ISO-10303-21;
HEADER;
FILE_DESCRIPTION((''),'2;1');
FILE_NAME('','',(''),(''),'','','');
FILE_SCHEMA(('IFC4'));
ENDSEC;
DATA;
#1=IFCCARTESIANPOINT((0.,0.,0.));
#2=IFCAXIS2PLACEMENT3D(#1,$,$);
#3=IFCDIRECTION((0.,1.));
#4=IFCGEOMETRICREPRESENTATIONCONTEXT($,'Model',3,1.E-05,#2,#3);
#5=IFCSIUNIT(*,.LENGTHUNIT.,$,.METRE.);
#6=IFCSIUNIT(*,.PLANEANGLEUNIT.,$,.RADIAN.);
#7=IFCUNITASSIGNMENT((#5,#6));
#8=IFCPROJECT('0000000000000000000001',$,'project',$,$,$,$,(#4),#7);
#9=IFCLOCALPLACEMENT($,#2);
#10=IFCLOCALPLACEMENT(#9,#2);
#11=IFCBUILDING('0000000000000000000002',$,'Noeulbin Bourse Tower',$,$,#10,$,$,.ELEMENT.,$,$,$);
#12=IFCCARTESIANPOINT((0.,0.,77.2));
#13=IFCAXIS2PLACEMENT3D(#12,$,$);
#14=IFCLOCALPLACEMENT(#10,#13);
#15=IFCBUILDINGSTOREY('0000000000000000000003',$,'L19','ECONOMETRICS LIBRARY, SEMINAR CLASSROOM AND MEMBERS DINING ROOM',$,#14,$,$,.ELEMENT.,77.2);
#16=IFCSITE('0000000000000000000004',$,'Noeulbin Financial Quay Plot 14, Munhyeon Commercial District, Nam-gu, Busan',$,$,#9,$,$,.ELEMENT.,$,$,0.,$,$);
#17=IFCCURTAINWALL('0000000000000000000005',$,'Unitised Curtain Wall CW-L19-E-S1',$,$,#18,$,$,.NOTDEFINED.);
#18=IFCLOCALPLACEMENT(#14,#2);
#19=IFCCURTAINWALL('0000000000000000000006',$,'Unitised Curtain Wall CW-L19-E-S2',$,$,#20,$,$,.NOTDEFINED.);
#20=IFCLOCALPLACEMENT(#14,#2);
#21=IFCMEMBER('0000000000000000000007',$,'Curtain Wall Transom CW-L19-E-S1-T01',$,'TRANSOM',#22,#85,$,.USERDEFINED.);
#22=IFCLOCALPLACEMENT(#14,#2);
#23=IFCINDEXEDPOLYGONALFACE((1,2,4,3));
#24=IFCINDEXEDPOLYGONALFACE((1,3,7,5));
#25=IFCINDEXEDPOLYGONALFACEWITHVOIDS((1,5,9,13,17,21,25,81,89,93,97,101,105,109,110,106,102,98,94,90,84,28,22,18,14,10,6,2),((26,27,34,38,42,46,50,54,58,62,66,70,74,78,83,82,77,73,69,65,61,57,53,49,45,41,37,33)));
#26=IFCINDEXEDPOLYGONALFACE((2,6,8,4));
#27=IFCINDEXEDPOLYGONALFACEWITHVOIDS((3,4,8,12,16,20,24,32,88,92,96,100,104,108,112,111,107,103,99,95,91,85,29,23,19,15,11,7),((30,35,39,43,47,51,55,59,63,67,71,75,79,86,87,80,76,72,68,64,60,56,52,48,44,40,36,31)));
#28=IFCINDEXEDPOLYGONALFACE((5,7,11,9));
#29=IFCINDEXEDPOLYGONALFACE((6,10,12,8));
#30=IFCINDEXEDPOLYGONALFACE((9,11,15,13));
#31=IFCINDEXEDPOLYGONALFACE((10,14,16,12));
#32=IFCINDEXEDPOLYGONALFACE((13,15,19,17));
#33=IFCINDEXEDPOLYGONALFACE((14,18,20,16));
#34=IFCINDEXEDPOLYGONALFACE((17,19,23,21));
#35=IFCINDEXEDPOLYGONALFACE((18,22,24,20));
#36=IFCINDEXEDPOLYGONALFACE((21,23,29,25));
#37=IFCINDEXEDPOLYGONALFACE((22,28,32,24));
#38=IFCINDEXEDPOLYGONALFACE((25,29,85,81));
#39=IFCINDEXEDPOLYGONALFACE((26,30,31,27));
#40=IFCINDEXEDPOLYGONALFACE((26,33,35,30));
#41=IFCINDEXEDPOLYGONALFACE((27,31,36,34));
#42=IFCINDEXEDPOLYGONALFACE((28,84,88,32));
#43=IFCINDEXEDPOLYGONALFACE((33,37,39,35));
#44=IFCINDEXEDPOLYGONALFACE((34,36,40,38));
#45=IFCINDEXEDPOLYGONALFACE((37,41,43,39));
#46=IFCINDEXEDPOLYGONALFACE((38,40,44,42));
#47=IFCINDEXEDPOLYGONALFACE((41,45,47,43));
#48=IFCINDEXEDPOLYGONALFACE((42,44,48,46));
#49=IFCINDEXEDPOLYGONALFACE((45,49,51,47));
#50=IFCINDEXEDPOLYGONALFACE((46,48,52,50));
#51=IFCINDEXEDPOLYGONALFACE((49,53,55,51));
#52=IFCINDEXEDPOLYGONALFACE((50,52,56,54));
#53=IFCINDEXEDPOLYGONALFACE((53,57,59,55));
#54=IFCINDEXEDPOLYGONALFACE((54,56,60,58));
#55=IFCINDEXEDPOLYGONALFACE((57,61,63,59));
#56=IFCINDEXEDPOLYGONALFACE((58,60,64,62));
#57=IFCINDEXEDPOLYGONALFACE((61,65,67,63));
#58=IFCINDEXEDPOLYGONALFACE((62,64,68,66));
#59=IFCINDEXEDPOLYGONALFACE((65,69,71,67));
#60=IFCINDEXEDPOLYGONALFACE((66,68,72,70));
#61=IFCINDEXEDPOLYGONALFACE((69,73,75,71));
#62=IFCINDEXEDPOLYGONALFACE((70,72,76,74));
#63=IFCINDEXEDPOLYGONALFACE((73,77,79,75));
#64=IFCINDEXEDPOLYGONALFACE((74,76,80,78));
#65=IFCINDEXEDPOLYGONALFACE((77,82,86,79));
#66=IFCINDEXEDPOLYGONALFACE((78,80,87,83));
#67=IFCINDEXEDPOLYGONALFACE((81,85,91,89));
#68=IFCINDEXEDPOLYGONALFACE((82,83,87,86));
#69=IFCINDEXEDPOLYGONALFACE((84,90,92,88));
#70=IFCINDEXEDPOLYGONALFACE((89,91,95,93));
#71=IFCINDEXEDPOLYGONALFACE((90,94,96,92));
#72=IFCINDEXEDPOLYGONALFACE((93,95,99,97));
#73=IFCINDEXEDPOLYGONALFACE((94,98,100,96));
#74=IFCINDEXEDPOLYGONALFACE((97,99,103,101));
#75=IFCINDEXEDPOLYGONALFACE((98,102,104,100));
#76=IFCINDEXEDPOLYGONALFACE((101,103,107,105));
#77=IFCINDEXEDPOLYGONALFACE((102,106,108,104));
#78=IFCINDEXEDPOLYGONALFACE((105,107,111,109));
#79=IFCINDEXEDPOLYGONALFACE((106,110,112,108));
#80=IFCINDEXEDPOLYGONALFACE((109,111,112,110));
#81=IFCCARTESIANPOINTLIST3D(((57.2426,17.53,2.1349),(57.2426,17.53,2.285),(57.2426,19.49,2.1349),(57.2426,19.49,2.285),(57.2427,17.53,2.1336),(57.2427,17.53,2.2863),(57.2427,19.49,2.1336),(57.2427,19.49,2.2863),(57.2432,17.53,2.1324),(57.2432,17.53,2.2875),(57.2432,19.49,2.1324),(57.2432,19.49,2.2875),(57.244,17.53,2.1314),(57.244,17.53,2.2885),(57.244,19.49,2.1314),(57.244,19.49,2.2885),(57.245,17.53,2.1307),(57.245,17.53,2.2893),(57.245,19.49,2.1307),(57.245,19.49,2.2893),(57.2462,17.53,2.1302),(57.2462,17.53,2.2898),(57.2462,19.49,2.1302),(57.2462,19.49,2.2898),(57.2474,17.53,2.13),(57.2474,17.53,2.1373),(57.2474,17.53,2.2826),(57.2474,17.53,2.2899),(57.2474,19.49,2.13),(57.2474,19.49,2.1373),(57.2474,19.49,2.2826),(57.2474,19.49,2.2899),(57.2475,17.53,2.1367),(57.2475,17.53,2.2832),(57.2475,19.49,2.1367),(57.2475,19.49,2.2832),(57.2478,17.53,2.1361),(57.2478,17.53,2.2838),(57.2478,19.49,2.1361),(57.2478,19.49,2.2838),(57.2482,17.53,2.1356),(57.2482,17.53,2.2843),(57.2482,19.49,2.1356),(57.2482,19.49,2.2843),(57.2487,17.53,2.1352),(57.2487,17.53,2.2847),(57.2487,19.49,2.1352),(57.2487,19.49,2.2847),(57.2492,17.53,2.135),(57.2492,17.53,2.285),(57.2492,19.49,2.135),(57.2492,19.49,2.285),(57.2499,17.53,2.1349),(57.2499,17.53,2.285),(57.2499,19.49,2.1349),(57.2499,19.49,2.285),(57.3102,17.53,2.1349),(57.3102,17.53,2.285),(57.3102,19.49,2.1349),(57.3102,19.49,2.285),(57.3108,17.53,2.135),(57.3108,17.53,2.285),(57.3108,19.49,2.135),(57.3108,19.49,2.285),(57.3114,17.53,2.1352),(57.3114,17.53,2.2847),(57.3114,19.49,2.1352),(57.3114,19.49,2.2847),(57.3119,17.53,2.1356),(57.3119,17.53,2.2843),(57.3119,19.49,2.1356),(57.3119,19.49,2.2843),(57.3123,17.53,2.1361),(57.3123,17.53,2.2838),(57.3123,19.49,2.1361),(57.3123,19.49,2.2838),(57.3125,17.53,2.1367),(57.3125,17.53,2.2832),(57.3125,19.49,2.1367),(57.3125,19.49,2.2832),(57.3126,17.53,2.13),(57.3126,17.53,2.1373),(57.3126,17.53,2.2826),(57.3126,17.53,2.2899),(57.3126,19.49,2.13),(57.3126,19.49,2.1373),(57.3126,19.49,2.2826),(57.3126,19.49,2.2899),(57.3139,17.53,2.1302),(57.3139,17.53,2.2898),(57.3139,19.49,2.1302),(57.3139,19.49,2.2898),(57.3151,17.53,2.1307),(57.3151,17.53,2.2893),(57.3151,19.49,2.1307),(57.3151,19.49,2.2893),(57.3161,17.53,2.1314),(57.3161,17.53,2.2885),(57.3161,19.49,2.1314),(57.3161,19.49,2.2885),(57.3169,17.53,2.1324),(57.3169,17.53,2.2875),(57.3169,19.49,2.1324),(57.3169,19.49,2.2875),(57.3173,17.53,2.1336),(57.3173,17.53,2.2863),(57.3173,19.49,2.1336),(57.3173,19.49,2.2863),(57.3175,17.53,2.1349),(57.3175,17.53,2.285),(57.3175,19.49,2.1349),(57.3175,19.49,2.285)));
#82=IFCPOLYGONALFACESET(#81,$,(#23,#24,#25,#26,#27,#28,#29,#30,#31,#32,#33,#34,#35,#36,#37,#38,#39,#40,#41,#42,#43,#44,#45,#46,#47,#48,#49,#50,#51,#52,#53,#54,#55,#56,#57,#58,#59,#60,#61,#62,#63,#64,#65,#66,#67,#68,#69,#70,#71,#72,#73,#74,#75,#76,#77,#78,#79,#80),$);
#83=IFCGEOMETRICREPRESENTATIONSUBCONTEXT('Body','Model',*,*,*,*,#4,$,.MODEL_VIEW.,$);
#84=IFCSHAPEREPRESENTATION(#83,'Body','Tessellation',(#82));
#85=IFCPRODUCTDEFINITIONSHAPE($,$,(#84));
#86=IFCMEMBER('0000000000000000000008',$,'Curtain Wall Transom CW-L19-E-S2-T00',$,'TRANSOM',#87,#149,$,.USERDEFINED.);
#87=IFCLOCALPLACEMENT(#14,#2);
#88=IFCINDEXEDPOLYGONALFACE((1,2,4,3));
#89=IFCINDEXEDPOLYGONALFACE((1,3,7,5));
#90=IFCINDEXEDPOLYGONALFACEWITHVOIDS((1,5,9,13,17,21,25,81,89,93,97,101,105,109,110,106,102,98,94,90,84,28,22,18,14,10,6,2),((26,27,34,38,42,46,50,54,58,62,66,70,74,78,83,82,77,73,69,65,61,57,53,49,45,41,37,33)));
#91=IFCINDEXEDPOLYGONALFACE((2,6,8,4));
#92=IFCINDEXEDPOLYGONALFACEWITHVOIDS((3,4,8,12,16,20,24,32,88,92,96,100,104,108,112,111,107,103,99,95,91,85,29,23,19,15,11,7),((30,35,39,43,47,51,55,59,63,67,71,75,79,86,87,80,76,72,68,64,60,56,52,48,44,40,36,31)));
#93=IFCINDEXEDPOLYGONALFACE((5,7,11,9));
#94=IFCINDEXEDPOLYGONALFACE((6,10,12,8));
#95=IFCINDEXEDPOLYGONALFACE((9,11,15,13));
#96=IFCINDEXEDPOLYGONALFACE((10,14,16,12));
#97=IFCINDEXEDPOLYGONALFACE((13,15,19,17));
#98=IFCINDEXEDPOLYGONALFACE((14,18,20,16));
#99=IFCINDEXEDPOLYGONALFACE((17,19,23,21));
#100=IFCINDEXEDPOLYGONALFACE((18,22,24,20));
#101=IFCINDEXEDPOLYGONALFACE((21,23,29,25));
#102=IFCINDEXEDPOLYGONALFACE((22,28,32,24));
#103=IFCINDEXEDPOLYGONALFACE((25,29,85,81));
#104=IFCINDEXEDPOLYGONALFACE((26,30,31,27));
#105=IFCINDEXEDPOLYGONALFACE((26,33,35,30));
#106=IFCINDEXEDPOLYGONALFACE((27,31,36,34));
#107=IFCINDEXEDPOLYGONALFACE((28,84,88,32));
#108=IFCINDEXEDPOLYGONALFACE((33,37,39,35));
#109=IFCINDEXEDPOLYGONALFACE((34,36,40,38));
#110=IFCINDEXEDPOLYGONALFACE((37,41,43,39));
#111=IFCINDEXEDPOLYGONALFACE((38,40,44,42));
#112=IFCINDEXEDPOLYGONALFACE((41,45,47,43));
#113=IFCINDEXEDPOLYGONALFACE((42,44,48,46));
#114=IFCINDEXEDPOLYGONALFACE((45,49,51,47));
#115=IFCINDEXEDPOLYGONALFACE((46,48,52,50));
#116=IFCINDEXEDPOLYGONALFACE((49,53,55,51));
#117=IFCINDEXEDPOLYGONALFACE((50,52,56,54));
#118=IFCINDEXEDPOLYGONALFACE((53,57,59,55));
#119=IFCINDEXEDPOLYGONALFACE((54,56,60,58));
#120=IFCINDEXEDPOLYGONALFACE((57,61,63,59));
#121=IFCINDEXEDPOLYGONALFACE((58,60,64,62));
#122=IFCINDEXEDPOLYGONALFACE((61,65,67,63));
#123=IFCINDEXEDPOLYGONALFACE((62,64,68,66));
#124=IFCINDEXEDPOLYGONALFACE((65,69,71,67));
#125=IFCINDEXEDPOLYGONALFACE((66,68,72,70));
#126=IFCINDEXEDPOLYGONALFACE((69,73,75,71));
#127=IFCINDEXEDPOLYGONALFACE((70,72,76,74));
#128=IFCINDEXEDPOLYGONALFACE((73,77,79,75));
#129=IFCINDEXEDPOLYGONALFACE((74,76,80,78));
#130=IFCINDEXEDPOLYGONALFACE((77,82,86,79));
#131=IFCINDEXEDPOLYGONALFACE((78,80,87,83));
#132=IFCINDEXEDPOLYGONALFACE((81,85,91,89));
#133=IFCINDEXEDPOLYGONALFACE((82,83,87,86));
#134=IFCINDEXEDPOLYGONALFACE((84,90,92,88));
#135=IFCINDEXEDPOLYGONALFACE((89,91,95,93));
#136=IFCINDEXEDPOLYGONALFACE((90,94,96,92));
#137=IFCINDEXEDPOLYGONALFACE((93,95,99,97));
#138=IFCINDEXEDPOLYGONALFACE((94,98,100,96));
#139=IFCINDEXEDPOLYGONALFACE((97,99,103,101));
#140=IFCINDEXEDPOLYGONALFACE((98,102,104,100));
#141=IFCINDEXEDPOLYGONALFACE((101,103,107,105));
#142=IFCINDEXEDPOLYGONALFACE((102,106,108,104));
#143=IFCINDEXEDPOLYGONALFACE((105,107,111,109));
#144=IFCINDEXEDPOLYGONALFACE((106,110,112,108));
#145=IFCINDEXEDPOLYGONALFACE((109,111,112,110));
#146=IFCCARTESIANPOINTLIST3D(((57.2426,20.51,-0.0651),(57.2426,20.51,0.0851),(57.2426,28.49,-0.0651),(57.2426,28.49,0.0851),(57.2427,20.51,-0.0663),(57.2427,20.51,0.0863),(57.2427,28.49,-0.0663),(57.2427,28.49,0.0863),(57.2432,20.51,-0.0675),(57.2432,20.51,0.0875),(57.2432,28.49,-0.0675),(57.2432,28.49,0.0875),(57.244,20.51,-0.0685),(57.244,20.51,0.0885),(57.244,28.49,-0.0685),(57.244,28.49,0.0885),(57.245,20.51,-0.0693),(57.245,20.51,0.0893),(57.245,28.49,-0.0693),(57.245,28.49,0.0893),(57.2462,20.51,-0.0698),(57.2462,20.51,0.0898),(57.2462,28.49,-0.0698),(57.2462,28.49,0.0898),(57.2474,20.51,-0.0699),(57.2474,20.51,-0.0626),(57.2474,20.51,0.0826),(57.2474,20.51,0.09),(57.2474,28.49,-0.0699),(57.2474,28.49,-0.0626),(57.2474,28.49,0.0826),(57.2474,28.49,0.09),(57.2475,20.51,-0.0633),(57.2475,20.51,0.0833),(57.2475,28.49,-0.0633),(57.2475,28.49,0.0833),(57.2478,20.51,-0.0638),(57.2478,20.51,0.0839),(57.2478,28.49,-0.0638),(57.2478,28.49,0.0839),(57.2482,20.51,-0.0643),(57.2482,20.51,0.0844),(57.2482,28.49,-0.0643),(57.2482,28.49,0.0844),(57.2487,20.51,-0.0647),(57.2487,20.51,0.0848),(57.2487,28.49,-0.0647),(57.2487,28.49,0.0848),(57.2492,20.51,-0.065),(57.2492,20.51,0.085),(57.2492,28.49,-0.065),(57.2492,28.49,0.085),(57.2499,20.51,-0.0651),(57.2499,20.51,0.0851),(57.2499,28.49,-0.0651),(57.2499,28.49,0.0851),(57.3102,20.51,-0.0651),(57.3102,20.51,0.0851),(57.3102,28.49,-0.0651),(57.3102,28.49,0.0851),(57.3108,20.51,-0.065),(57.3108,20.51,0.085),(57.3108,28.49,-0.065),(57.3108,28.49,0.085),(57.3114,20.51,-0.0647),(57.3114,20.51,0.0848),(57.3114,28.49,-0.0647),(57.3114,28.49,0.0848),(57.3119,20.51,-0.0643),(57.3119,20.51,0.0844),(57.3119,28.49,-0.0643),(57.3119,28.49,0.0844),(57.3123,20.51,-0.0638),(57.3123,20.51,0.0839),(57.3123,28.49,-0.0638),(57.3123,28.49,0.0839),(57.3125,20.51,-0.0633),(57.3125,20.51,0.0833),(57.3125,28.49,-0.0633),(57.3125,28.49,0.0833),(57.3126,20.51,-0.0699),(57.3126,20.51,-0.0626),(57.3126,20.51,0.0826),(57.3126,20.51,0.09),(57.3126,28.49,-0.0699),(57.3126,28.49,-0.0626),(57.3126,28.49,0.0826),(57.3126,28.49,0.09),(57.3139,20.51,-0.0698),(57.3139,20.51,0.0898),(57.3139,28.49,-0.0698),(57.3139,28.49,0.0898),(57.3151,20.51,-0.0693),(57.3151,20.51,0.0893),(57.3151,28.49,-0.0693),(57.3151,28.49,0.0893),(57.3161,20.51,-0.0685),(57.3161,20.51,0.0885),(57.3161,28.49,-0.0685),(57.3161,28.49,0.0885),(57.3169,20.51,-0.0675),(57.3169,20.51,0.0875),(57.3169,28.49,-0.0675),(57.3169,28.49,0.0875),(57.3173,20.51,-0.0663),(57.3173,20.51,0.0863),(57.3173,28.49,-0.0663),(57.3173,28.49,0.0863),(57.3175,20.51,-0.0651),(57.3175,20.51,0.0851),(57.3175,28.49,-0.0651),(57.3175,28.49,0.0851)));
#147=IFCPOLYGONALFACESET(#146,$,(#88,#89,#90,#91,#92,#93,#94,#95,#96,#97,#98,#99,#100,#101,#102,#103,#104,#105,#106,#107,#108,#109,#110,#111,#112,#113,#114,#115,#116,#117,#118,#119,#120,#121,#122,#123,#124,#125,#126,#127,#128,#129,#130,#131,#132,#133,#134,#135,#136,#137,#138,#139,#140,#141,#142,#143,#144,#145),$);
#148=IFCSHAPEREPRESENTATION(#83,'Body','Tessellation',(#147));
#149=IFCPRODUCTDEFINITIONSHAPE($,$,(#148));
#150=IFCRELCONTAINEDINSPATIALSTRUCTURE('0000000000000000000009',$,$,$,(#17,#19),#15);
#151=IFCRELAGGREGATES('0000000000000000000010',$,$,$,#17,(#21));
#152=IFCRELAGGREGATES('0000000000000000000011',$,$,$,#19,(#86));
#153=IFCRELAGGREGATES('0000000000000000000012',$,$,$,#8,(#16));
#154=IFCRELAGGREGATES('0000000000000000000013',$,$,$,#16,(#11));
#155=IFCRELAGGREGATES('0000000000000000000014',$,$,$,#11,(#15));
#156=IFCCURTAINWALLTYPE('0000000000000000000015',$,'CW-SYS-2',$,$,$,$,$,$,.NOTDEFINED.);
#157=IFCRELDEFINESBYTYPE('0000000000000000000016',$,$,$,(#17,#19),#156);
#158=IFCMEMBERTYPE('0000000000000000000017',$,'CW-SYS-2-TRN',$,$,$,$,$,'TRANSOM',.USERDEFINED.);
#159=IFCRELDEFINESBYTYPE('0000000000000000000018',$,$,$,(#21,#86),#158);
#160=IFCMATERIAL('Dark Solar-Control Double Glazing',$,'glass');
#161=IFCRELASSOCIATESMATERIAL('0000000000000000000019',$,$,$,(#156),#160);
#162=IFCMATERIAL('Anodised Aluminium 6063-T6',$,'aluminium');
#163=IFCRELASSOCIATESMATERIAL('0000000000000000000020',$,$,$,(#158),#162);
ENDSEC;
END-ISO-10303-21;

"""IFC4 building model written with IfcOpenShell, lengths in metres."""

from ifc_helpers import new_model, si_unit, direction, frame, origin, origin_2d, place, context, subcontext, project, spatial, hollow_rectangle, extrude, material, material_profile, profile_set, type_object, element, aggregate, save


model = new_model("IFC4")

# Units and contexts
model_context = context("Model", 3, precision=1e-05, world=origin(), true_north=direction((0.0, 1.0)))
body_context = subcontext(model_context, "Body", "Model", "MODEL_VIEW")
ifc_project = project(units=[si_unit("LENGTHUNIT", "METRE"), si_unit("PLANEANGLEUNIT", "RADIAN")], contexts=[model_context])

# Site, building, storey
site_placement = place(None, origin())
site = spatial("IfcSite", under=ifc_project, at=site_placement, Name="Noeulbin Financial Quay Plot 14, Munhyeon Commercial District, Nam-gu, Busan", CompositionType="ELEMENT", RefElevation=0.0)
building_placement = place(site_placement, origin())
building = spatial("IfcBuilding", under=site, at=building_placement, Name="Noeulbin Bourse Tower", CompositionType="ELEMENT")
storey_placement = place(building_placement, frame((0.0, 0.0, 77.2)))
storey = spatial("IfcBuildingStorey", under=building, at=storey_placement, Name="L19", Description="ECONOMETRICS LIBRARY, SEMINAR CLASSROOM AND MEMBERS DINING ROOM", CompositionType="ELEMENT", Elevation=77.2)

# Curtain walls
ifc_material_1 = material(Name="Dark Solar-Control Double Glazing", Category="glass")
curtain_wall_type = type_object("IfcCurtainWallType", Name="CW-SYS-2", PredefinedType="NOTDEFINED", material=ifc_material_1)
ifc_material_2 = material(Name="Anodised Aluminium 6063-T6", Category="aluminium")
curtain_wall_1_placement = place(storey_placement, origin())
curtain_wall_1 = element("IfcCurtainWall", 1, at=curtain_wall_1_placement, inside=storey, type_object=curtain_wall_type, Name="Unitised Curtain Wall CW-L19-E-S1", PredefinedType="NOTDEFINED")
curtain_wall_2_placement = place(storey_placement, origin())
curtain_wall_2 = element("IfcCurtainWall", 2, at=curtain_wall_2_placement, inside=storey, type_object=curtain_wall_type, Name="Unitised Curtain Wall CW-L19-E-S2", PredefinedType="NOTDEFINED")

# Members
ifc_material_profile_1 = material_profile(ifc_material_2, hollow_rectangle(XDim=0.075, YDim=0.1599, WallThickness=0.0049, InnerFilletRadius=0.0024, OuterFilletRadius=0.0049, at=origin_2d()), Name="ALU-TRAN-75x160x5", Category="LoadBearing")
ifc_profile_set_1 = profile_set([ifc_material_profile_1], Name="Anodised Aluminium 6063-T6")
member_type_1 = type_object("IfcMemberType", Name="CW-SYS-2-TRN", ElementType="TRANSOM", PredefinedType="USERDEFINED", material=ifc_profile_set_1)
member_1_placement = place(storey_placement, frame((57.28, 17.53, 2.21), z_axis=(0.0, 1.0, 0.0), x_axis=(-1.0, 0.0, 0.0)))
member_1 = element("IfcMember", 3, at=member_1_placement, type_object=member_type_1, Name="Curtain Wall Transom CW-L19-E-S1-T01", ObjectType="TRANSOM", PredefinedType="USERDEFINED", context=body_context, shape_type="SweptSolid", body=[
    extrude(hollow_rectangle(XDim=0.075, YDim=0.1599, WallThickness=0.0049, InnerFilletRadius=0.0024, OuterFilletRadius=0.0049, at=origin_2d()), origin(), (0.0, 0.0, 1.0), 1.96),
])
member_2_placement = place(storey_placement, frame((57.28, 20.51, 0.01), z_axis=(0.0, 1.0, 0.0), x_axis=(-1.0, 0.0, 0.0)))
member_2 = element("IfcMember", 4, at=member_2_placement, type_object=member_type_1, Name="Curtain Wall Transom CW-L19-E-S2-T00", ObjectType="TRANSOM", PredefinedType="USERDEFINED", context=body_context, shape_type="SweptSolid", body=[
    extrude(hollow_rectangle(XDim=0.075, YDim=0.1599, WallThickness=0.0049, InnerFilletRadius=0.0024, OuterFilletRadius=0.0049, at=origin_2d()), origin(), (0.0, 0.0, 1.0), 7.98),
])

aggregate(curtain_wall_1, [member_1])
aggregate(curtain_wall_2, [member_2])

save(model, "model.ifc")
